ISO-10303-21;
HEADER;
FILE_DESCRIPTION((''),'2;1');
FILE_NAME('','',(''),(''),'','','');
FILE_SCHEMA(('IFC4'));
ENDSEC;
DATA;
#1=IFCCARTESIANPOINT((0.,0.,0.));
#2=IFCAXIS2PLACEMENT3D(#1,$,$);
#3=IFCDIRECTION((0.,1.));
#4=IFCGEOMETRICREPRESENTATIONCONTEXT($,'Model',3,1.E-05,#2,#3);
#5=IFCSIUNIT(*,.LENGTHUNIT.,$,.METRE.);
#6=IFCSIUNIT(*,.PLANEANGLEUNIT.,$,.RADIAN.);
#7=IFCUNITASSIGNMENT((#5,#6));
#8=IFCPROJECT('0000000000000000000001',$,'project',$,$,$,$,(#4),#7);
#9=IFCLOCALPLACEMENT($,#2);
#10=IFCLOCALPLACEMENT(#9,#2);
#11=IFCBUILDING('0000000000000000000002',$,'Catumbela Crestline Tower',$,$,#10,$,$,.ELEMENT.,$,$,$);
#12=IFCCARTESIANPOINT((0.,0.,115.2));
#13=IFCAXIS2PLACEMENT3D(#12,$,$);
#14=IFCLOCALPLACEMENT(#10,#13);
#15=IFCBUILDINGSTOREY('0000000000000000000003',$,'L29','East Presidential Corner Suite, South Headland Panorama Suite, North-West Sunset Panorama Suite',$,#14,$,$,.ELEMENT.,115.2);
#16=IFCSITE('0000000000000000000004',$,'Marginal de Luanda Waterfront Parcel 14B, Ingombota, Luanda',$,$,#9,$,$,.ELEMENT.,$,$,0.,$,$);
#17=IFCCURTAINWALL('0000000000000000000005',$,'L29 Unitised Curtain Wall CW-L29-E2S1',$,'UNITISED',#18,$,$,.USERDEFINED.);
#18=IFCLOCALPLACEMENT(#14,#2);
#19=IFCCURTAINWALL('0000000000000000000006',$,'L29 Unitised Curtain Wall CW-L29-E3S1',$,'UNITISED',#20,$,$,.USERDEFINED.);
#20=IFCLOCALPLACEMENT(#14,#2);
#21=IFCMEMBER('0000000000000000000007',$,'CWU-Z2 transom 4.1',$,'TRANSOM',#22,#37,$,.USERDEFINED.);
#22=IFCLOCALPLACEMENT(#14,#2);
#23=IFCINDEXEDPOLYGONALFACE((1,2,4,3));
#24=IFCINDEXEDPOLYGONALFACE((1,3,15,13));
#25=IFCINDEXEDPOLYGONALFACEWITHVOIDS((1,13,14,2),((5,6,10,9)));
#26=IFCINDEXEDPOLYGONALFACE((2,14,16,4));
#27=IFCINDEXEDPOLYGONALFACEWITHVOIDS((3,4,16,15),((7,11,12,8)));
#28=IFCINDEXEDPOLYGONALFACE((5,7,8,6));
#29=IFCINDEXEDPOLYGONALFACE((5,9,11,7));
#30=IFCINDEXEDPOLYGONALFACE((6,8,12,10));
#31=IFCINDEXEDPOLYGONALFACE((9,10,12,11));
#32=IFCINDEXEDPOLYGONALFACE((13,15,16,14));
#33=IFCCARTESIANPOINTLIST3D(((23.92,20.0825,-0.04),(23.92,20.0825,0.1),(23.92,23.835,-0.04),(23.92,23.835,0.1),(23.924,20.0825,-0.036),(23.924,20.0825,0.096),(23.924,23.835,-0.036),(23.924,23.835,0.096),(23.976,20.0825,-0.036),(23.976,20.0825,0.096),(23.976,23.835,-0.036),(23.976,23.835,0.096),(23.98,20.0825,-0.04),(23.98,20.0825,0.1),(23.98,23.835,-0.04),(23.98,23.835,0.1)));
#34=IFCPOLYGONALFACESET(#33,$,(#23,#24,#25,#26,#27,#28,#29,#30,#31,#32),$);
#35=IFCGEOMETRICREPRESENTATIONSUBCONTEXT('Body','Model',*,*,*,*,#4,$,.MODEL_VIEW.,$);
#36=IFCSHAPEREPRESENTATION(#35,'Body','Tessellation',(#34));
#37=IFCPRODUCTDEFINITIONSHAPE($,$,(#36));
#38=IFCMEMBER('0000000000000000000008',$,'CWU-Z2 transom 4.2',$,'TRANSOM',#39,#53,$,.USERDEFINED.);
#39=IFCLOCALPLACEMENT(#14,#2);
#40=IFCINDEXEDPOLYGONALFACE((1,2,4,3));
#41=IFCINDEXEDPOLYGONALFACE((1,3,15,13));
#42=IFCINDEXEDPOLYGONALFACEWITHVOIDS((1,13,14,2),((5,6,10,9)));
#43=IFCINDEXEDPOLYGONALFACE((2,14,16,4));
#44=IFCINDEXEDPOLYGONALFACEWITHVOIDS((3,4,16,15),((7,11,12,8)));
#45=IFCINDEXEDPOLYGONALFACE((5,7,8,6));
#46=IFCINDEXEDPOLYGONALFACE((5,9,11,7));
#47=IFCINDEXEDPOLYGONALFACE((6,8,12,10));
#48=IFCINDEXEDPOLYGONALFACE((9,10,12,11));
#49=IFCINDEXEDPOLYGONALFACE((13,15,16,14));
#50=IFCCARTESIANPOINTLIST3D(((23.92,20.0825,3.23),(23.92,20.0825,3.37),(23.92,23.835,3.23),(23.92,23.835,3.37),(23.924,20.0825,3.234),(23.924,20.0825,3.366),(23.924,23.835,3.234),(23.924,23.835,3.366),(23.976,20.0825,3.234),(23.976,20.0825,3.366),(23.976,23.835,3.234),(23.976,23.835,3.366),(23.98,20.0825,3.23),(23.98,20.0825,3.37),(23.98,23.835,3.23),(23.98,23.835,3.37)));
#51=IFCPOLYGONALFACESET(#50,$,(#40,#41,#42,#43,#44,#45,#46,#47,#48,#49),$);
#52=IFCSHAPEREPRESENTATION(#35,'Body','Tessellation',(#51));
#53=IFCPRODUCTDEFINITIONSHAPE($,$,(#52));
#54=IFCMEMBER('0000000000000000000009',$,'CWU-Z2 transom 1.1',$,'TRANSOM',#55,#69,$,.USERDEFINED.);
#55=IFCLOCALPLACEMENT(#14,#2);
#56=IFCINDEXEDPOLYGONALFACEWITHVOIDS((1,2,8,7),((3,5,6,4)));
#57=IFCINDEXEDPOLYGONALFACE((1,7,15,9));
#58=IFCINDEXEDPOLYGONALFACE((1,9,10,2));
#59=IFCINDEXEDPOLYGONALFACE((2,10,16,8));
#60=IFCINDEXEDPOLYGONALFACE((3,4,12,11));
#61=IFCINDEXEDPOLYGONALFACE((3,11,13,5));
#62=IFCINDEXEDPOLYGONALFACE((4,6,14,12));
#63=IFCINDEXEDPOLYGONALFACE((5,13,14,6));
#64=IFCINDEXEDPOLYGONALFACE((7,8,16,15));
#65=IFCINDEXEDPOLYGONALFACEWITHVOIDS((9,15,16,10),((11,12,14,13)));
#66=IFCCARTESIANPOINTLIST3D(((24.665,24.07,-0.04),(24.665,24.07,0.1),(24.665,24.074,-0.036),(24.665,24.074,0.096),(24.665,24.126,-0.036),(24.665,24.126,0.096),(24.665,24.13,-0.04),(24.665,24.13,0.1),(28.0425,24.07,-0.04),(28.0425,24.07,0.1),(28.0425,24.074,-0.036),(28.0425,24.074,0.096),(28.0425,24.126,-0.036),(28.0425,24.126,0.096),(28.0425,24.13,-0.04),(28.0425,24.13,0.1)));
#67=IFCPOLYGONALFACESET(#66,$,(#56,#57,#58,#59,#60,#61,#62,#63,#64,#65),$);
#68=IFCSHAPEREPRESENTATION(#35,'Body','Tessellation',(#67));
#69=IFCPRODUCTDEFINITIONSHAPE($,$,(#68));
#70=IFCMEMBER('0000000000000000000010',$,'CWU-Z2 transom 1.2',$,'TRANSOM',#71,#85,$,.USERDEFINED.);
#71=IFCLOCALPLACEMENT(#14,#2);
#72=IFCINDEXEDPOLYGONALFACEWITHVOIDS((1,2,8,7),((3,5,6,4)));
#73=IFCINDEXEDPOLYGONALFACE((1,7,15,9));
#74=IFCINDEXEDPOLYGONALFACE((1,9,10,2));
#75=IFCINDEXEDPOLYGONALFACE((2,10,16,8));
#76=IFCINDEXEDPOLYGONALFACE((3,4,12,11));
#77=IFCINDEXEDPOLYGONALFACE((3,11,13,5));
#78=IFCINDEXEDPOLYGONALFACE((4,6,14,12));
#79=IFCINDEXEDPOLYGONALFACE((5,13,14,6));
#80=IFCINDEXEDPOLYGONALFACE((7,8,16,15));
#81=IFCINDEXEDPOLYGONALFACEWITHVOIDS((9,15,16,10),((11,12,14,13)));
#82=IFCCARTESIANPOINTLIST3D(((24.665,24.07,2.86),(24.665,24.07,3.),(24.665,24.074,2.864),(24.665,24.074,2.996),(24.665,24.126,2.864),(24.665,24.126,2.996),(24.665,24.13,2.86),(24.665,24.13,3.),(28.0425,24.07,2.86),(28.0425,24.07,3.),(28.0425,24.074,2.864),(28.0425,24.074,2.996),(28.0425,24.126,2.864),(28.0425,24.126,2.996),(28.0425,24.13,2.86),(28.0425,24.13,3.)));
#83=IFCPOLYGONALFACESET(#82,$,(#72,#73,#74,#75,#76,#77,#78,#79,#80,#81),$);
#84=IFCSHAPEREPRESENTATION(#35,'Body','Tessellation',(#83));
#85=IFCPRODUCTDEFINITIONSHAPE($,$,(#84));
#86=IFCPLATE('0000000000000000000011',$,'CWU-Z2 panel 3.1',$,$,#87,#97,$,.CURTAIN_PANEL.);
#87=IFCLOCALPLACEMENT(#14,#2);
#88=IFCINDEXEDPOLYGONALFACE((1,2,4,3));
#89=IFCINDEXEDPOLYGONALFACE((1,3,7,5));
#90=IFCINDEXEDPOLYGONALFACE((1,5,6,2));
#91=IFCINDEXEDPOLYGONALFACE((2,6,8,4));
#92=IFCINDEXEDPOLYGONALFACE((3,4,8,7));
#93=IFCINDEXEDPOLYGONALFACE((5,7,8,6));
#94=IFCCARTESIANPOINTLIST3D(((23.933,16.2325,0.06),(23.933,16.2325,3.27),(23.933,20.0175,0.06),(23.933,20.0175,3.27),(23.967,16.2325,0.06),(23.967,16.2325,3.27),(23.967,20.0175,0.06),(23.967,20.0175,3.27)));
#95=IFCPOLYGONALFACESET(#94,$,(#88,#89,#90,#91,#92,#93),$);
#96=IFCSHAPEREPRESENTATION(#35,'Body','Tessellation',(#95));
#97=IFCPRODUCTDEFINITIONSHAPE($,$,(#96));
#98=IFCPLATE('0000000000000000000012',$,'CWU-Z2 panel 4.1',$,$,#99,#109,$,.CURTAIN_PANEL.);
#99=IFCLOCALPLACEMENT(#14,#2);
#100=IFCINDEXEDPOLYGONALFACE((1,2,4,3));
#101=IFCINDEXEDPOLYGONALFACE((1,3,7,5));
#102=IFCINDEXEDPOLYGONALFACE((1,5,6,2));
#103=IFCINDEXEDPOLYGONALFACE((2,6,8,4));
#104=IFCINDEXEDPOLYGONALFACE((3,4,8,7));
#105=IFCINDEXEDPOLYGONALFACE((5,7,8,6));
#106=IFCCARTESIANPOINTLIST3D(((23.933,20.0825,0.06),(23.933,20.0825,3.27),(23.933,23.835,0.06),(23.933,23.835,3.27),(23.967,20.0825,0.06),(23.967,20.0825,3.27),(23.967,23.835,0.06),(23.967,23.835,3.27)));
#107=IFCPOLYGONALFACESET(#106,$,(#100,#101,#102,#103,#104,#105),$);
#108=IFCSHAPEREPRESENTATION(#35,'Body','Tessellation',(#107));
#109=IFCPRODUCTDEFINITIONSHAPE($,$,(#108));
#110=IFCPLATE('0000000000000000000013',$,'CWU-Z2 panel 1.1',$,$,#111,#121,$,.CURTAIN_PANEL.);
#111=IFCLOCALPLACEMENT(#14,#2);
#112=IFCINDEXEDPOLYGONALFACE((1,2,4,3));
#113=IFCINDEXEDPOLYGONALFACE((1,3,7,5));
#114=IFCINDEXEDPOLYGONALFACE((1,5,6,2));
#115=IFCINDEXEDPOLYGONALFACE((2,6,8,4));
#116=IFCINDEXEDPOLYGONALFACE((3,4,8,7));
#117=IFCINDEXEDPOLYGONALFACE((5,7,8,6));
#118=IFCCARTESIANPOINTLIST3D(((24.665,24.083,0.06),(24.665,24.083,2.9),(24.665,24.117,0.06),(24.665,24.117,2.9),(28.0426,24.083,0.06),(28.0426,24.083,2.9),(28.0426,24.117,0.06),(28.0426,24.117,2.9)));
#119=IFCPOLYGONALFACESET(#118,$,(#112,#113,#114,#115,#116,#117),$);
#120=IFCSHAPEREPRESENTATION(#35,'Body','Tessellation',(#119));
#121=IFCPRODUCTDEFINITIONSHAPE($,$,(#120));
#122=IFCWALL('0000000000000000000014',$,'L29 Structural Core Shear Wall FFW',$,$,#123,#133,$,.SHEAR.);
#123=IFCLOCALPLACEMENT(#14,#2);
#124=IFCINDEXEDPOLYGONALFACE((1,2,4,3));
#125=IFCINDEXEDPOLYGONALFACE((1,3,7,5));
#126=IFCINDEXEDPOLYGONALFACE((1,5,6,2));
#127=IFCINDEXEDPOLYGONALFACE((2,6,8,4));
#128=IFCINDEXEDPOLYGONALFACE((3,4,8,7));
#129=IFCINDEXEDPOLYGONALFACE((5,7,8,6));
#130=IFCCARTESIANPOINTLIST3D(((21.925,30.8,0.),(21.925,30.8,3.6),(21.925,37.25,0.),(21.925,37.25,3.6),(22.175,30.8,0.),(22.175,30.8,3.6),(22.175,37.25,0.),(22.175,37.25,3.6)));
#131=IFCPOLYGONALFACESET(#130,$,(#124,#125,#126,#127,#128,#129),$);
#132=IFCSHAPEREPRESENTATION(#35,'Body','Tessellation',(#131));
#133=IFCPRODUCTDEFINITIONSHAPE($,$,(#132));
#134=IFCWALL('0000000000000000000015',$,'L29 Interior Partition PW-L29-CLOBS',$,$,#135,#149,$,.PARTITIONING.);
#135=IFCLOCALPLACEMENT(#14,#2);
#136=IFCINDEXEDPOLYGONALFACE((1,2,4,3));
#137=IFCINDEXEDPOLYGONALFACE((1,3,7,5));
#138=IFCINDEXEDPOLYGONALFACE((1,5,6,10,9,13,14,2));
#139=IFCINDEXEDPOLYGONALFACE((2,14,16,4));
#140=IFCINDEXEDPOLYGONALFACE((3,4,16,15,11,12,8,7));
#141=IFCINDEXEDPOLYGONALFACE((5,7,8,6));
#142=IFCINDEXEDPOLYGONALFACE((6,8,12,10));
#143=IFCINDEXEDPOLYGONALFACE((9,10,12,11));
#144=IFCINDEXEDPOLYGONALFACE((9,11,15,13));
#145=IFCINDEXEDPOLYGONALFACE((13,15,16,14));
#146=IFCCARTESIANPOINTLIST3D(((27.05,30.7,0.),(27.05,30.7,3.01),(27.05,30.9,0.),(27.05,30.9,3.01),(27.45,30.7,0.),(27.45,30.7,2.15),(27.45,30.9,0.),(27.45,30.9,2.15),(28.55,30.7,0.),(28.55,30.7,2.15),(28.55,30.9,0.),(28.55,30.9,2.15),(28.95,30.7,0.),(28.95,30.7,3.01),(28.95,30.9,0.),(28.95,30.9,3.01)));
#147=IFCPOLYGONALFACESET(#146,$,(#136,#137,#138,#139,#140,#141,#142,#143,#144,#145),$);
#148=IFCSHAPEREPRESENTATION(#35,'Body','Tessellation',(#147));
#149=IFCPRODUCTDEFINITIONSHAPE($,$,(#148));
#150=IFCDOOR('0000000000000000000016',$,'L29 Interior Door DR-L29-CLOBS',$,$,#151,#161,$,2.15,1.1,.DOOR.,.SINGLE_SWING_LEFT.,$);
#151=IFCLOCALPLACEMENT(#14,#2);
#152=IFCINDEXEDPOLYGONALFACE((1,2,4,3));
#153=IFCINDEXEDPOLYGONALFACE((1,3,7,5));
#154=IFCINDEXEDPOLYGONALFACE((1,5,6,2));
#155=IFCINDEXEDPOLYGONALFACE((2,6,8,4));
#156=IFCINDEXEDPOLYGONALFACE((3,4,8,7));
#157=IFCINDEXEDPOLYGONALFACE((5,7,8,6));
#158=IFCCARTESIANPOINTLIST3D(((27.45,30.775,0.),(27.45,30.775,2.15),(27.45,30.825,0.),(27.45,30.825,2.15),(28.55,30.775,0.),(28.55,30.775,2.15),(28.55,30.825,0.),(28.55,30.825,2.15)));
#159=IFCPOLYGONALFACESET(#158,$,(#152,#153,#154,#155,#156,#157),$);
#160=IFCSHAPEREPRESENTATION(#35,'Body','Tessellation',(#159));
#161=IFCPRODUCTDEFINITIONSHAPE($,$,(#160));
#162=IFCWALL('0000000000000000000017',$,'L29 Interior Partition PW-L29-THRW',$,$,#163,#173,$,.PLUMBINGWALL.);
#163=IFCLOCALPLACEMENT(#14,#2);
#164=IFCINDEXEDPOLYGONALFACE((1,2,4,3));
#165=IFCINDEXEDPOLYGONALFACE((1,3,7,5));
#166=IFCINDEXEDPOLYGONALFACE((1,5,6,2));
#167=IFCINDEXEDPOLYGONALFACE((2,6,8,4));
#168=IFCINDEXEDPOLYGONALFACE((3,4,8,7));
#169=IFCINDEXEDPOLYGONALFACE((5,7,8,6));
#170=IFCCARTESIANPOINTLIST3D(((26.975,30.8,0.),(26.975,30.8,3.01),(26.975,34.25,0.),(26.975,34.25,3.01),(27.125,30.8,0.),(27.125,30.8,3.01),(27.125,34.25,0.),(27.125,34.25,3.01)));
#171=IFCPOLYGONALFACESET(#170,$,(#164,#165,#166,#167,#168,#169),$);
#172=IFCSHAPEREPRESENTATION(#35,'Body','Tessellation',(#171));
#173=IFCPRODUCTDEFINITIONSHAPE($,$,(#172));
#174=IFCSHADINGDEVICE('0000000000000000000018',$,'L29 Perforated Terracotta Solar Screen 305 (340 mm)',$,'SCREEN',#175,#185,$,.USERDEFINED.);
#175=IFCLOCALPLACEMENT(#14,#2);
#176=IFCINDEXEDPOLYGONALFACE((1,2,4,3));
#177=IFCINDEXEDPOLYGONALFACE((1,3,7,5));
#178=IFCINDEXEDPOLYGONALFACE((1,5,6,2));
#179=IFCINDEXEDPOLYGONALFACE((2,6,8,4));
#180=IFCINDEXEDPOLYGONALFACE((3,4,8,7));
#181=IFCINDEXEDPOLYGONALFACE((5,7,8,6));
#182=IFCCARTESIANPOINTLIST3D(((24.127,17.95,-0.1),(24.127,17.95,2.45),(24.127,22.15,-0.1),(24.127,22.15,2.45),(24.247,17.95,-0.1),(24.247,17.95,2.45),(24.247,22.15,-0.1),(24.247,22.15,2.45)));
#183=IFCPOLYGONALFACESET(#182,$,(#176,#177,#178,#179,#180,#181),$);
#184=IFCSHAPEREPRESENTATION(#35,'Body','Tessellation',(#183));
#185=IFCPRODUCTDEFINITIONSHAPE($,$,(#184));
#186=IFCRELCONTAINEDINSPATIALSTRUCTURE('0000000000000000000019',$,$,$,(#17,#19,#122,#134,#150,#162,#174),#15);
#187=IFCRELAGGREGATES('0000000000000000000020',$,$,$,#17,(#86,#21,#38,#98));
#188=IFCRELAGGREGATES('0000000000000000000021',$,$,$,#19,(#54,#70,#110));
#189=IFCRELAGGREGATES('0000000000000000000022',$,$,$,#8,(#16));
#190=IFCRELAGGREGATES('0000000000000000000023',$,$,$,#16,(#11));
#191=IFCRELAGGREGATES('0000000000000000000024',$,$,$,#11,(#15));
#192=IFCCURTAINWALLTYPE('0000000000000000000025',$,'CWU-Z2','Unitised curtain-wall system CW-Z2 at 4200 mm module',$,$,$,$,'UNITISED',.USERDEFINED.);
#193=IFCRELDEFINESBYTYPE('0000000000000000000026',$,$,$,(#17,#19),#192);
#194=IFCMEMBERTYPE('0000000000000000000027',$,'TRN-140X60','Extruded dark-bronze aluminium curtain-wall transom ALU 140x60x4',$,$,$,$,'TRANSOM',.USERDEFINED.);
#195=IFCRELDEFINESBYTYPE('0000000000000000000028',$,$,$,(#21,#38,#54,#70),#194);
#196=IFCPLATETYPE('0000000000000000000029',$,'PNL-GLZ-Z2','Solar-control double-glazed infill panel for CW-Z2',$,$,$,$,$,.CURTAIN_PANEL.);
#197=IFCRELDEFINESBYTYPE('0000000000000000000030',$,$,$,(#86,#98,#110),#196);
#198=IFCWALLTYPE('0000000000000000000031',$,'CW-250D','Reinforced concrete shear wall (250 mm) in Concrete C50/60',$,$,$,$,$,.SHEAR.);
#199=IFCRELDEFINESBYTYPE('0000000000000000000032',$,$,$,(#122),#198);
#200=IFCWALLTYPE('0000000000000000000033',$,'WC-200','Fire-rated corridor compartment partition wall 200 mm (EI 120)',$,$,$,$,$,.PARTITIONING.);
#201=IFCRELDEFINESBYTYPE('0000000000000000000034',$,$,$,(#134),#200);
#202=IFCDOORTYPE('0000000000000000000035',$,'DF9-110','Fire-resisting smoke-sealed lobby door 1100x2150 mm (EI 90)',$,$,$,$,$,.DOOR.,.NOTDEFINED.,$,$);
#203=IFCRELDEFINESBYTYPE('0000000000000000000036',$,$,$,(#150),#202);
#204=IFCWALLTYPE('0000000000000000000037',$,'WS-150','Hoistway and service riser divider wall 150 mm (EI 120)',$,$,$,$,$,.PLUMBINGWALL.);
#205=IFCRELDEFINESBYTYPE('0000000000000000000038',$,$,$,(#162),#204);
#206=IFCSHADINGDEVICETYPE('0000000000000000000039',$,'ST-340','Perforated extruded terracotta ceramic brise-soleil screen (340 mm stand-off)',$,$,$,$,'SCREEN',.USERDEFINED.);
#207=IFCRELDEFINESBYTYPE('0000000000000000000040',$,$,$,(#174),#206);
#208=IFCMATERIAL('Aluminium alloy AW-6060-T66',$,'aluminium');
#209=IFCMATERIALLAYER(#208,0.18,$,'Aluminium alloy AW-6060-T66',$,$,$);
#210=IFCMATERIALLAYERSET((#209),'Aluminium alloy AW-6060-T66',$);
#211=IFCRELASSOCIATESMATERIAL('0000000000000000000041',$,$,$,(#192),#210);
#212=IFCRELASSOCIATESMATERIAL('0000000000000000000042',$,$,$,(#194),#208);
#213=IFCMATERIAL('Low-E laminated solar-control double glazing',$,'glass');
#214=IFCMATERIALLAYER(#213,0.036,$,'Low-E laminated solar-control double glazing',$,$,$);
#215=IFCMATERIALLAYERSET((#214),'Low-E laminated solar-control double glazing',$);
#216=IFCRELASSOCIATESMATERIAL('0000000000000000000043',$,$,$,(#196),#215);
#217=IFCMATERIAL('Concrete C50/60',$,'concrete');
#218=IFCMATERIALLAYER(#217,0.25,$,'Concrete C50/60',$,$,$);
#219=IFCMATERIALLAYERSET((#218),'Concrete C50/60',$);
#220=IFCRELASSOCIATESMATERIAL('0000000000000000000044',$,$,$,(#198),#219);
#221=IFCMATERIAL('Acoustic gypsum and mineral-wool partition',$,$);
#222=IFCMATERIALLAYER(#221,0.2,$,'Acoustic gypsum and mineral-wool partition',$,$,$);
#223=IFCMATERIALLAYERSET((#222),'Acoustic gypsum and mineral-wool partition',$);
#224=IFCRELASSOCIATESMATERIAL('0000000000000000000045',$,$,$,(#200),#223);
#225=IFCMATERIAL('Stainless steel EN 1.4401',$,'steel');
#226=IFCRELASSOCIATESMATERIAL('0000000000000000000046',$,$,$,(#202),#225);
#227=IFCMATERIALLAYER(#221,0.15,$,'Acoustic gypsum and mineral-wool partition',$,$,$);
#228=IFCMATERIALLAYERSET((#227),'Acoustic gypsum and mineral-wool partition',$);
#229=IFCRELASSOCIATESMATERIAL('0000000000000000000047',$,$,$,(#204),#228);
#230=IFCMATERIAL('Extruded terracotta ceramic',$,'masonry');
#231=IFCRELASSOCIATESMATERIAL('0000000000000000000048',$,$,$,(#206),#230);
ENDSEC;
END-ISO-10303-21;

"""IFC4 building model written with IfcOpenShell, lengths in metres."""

from ifc_helpers import new_model, si_unit, direction, frame, frame_2d, origin, origin_2d, place, context, subcontext, project, spatial, rectangle, hollow_rectangle, extrude, material, layer, layer_set, material_profile, profile_set, type_object, element, fill, aggregate, save


model = new_model("IFC4")

# Units and contexts
model_context = context("Model", 3, precision=1e-05, world=origin(), true_north=direction((0.0, 1.0)))
body_context = subcontext(model_context, "Body", "Model", "MODEL_VIEW")
ifc_project = project(units=[si_unit("LENGTHUNIT", "METRE"), si_unit("PLANEANGLEUNIT", "RADIAN")], contexts=[model_context])

# Site, building, storey
site_placement = place(None, origin())
site = spatial("IfcSite", under=ifc_project, at=site_placement, Name="Marginal de Luanda Waterfront Parcel 14B, Ingombota, Luanda", CompositionType="ELEMENT", RefElevation=0.0)
building_placement = place(site_placement, origin())
building = spatial("IfcBuilding", under=site, at=building_placement, Name="Catumbela Crestline Tower", CompositionType="ELEMENT")
storey_placement = place(building_placement, frame((0.0, 0.0, 115.2)))
storey = spatial("IfcBuildingStorey", under=building, at=storey_placement, Name="L29", Description="East Presidential Corner Suite, South Headland Panorama Suite, North-West Sunset Panorama Suite", CompositionType="ELEMENT", Elevation=115.2)

# Shared definitions
ifc_material_1 = material(Name="Concrete C50/60", Category="concrete")

# Curtain walls
ifc_material_2 = material(Name="Aluminium alloy AW-6060-T66", Category="aluminium")
ifc_layer_1 = layer(ifc_material_2, 0.18, Name="Aluminium alloy AW-6060-T66")
ifc_layer_set_1 = layer_set([ifc_layer_1], Name="Aluminium alloy AW-6060-T66")
curtain_wall_type = type_object("IfcCurtainWallType", Name="CWU-Z2", Description="Unitised curtain-wall system CW-Z2 at 4200 mm module", ElementType="UNITISED", PredefinedType="USERDEFINED", material=ifc_layer_set_1)
curtain_wall_1_placement = place(storey_placement, origin())
curtain_wall_1 = element("IfcCurtainWall", 1, at=curtain_wall_1_placement, inside=storey, type_object=curtain_wall_type, Name="L29 Unitised Curtain Wall CW-L29-E2S1", ObjectType="UNITISED", PredefinedType="USERDEFINED")
curtain_wall_2_placement = place(storey_placement, origin())
curtain_wall_2 = element("IfcCurtainWall", 2, at=curtain_wall_2_placement, inside=storey, type_object=curtain_wall_type, Name="L29 Unitised Curtain Wall CW-L29-E3S1", ObjectType="UNITISED", PredefinedType="USERDEFINED")

# Members
ifc_material_profile_1 = material_profile(ifc_material_2, hollow_rectangle(XDim=0.06, YDim=0.14, WallThickness=0.004, at=origin_2d()), Name="ALU 140x60x4")
ifc_profile_set_1 = profile_set([ifc_material_profile_1], Name="Aluminium alloy AW-6060-T66")
member_type_1 = type_object("IfcMemberType", Name="TRN-140X60", Description="Extruded dark-bronze aluminium curtain-wall transom ALU 140x60x4", ElementType="TRANSOM", PredefinedType="USERDEFINED", material=ifc_profile_set_1)
member_1_placement = place(storey_placement, frame((23.95, 20.0825, 0.03), z_axis=(0.0, 1.0, 0.0), x_axis=(-1.0, 0.0, 0.0)))
member_1 = element("IfcMember", 3, at=member_1_placement, type_object=member_type_1, Name="CWU-Z2 transom 4.1", ObjectType="TRANSOM", PredefinedType="USERDEFINED", context=body_context, shape_type="SweptSolid", body=[
    extrude(hollow_rectangle(XDim=0.06, YDim=0.14, WallThickness=0.004, at=origin_2d()), origin(), (0.0, 0.0, 1.0), 3.7525),
])
member_2_placement = place(storey_placement, frame((23.95, 20.0825, 3.3), z_axis=(0.0, 1.0, 0.0), x_axis=(-1.0, 0.0, 0.0)))
member_2 = element("IfcMember", 4, at=member_2_placement, type_object=member_type_1, Name="CWU-Z2 transom 4.2", ObjectType="TRANSOM", PredefinedType="USERDEFINED", context=body_context, shape_type="SweptSolid", body=[
    extrude(hollow_rectangle(XDim=0.06, YDim=0.14, WallThickness=0.004, at=origin_2d()), origin(), (0.0, 0.0, 1.0), 3.7525),
])
member_3_placement = place(storey_placement, frame((24.665, 24.1, 0.03), z_axis=(1.0, 0.0, 0.0), x_axis=(0.0, 1.0, 0.0)))
member_3 = element("IfcMember", 5, at=member_3_placement, type_object=member_type_1, Name="CWU-Z2 transom 1.1", ObjectType="TRANSOM", PredefinedType="USERDEFINED", context=body_context, shape_type="SweptSolid", body=[
    extrude(hollow_rectangle(XDim=0.06, YDim=0.14, WallThickness=0.004, at=origin_2d()), origin(), (0.0, 0.0, 1.0), 3.3775),
])
member_4_placement = place(storey_placement, frame((24.665, 24.1, 2.93), z_axis=(1.0, 0.0, 0.0), x_axis=(0.0, 1.0, 0.0)))
member_4 = element("IfcMember", 6, at=member_4_placement, type_object=member_type_1, Name="CWU-Z2 transom 1.2", ObjectType="TRANSOM", PredefinedType="USERDEFINED", context=body_context, shape_type="SweptSolid", body=[
    extrude(hollow_rectangle(XDim=0.06, YDim=0.14, WallThickness=0.004, at=origin_2d()), origin(), (0.0, 0.0, 1.0), 3.3775),
])

# Plates
ifc_material_3 = material(Name="Low-E laminated solar-control double glazing", Category="glass")
ifc_layer_2 = layer(ifc_material_3, 0.036, Name="Low-E laminated solar-control double glazing")
ifc_layer_set_2 = layer_set([ifc_layer_2], Name="Low-E laminated solar-control double glazing")
plate_type = type_object("IfcPlateType", Name="PNL-GLZ-Z2", Description="Solar-control double-glazed infill panel for CW-Z2", PredefinedType="CURTAIN_PANEL", material=ifc_layer_set_2)
plate_1_placement = place(storey_placement, frame((23.95, 18.125, 0.06), z_axis=(0.0, 0.0, 1.0), x_axis=(0.0, 1.0, 0.0)))
plate_1 = element("IfcPlate", 7, at=plate_1_placement, type_object=plate_type, Name="CWU-Z2 panel 3.1", PredefinedType="CURTAIN_PANEL", context=body_context, shape_type="SweptSolid", body=[
    extrude(rectangle(XDim=3.785, YDim=0.034, at=origin_2d()), origin(), (0.0, 0.0, 1.0), 3.21),
])
plate_2_placement = place(storey_placement, frame((23.95, 21.9587, 0.06), z_axis=(0.0, 0.0, 1.0), x_axis=(0.0, 1.0, 0.0)))
plate_2 = element("IfcPlate", 8, at=plate_2_placement, type_object=plate_type, Name="CWU-Z2 panel 4.1", PredefinedType="CURTAIN_PANEL", context=body_context, shape_type="SweptSolid", body=[
    extrude(rectangle(XDim=3.7525, YDim=0.034, at=origin_2d()), origin(), (0.0, 0.0, 1.0), 3.21),
])
aggregate(curtain_wall_1, [plate_1, member_1, member_2, plate_2])
plate_3_placement = place(storey_placement, frame((26.3538, 24.1, 0.06), z_axis=(0.0, 0.0, 1.0), x_axis=(1.0, 0.0, 0.0)))
plate_3 = element("IfcPlate", 9, at=plate_3_placement, type_object=plate_type, Name="CWU-Z2 panel 1.1", PredefinedType="CURTAIN_PANEL", context=body_context, shape_type="SweptSolid", body=[
    extrude(rectangle(XDim=3.3775, YDim=0.034, at=origin_2d()), origin(), (0.0, 0.0, 1.0), 2.84),
])
aggregate(curtain_wall_2, [member_3, member_4, plate_3])

# Wall
ifc_layer_3 = layer(ifc_material_1, 0.25, Name="Concrete C50/60")
ifc_layer_set_3 = layer_set([ifc_layer_3], Name="Concrete C50/60")
wall_type_1 = type_object("IfcWallType", Name="CW-250D", Description="Reinforced concrete shear wall (250 mm) in Concrete C50/60", PredefinedType="SHEAR", material=ifc_layer_set_3)
wall_1_placement = place(storey_placement, frame((22.05, 30.8, 0.0), z_axis=(0.0, 0.0, 1.0), x_axis=(0.0, 1.0, 0.0)))
element("IfcWall", 10, at=wall_1_placement, inside=storey, type_object=wall_type_1, Name="L29 Structural Core Shear Wall FFW", PredefinedType="SHEAR", context=body_context, shape_type="SweptSolid", body=[
    extrude(rectangle(XDim=6.45, YDim=0.25, at=frame_2d((3.225, 0.0))), origin(), (0.0, 0.0, 1.0), 3.6),
])

# Wall, opening, door
ifc_material_4 = material(Name="Acoustic gypsum and mineral-wool partition")
ifc_layer_4 = layer(ifc_material_4, 0.2, Name="Acoustic gypsum and mineral-wool partition")
ifc_layer_set_4 = layer_set([ifc_layer_4], Name="Acoustic gypsum and mineral-wool partition")
wall_type_2 = type_object("IfcWallType", Name="WC-200", Description="Fire-rated corridor compartment partition wall 200 mm (EI 120)", PredefinedType="PARTITIONING", material=ifc_layer_set_4)
wall_2_placement = place(storey_placement, frame((27.05, 30.8, 0.0), z_axis=(0.0, 0.0, 1.0), x_axis=(1.0, 0.0, 0.0)))
wall_2 = element("IfcWall", 11, at=wall_2_placement, inside=storey, type_object=wall_type_2, Name="L29 Interior Partition PW-L29-CLOBS", PredefinedType="PARTITIONING", context=body_context, shape_type="SweptSolid", body=[
    extrude(rectangle(XDim=1.9, YDim=0.2, at=frame_2d((0.95, 0.0))), origin(), (0.0, 0.0, 1.0), 3.01),
])
opening_placement = place(wall_2_placement, frame((0.4, 0.0, 0.0)))
opening = element("IfcOpeningElement", 12, at=opening_placement, cuts=wall_2, PredefinedType="OPENING", context=body_context, shape_type="SweptSolid", body=[
    extrude(rectangle(XDim=1.1, YDim=2.15, at=frame_2d((0.55, 1.075))), frame((0.0, 0.11, 0.0), z_axis=(0.0, -1.0, 0.0), x_axis=(1.0, 0.0, 0.0)), (0.0, 0.0, 1.0), 0.22),
])
ifc_material_5 = material(Name="Stainless steel EN 1.4401", Category="steel")
door_type = type_object("IfcDoorType", Name="DF9-110", Description="Fire-resisting smoke-sealed lobby door 1100x2150 mm (EI 90)", OperationType="NOTDEFINED", PredefinedType="DOOR", material=ifc_material_5)
door_placement = place(opening_placement, origin())
door = element("IfcDoor", 13, at=door_placement, inside=storey, type_object=door_type, Name="L29 Interior Door DR-L29-CLOBS", OperationType="SINGLE_SWING_LEFT", OverallHeight=2.15, OverallWidth=1.1, PredefinedType="DOOR", context=body_context, shape_type="SweptSolid", body=[
    extrude(rectangle(XDim=1.1, YDim=2.15, at=frame_2d((0.55, 1.075))), frame((0.0, 0.025, 0.0), z_axis=(0.0, -1.0, 0.0), x_axis=(1.0, 0.0, 0.0)), (0.0, 0.0, 1.0), 0.05),
])
fill(opening, door)

# Wall
ifc_layer_5 = layer(ifc_material_4, 0.15, Name="Acoustic gypsum and mineral-wool partition")
ifc_layer_set_5 = layer_set([ifc_layer_5], Name="Acoustic gypsum and mineral-wool partition")
wall_type_3 = type_object("IfcWallType", Name="WS-150", Description="Hoistway and service riser divider wall 150 mm (EI 120)", PredefinedType="PLUMBINGWALL", material=ifc_layer_set_5)
wall_3_placement = place(storey_placement, frame((27.05, 30.8, 0.0), z_axis=(0.0, 0.0, 1.0), x_axis=(0.0, 1.0, 0.0)))
element("IfcWall", 14, at=wall_3_placement, inside=storey, type_object=wall_type_3, Name="L29 Interior Partition PW-L29-THRW", PredefinedType="PLUMBINGWALL", context=body_context, shape_type="SweptSolid", body=[
    extrude(rectangle(XDim=3.45, YDim=0.15, at=frame_2d((1.725, 0.0))), origin(), (0.0, 0.0, 1.0), 3.01),
])

# Shading device
ifc_material_6 = material(Name="Extruded terracotta ceramic", Category="masonry")
shading_device_type = type_object("IfcShadingDeviceType", Name="ST-340", Description="Perforated extruded terracotta ceramic brise-soleil screen (340 mm stand-off)", ElementType="SCREEN", PredefinedType="USERDEFINED", material=ifc_material_6)
for number, where, z_axis, x_axis, name in (
    (15, (24.187, 20.05, -0.1), (0.0, 0.0, 1.0), (0.0, 1.0, 0.0), "L29 Perforated Terracotta Solar Screen 305 (340 mm)"),
):
    element("IfcShadingDevice", number, at=place(storey_placement, frame(where, z_axis=z_axis, x_axis=x_axis)), inside=storey, type_object=shading_device_type, Name=name, ObjectType="SCREEN", PredefinedType="USERDEFINED", context=body_context, shape_type="SweptSolid", body=[
        extrude(rectangle(XDim=4.2, YDim=0.12, at=origin_2d()), origin(), (0.0, 0.0, 1.0), 2.55),
    ])

save(model, "model.ifc")
